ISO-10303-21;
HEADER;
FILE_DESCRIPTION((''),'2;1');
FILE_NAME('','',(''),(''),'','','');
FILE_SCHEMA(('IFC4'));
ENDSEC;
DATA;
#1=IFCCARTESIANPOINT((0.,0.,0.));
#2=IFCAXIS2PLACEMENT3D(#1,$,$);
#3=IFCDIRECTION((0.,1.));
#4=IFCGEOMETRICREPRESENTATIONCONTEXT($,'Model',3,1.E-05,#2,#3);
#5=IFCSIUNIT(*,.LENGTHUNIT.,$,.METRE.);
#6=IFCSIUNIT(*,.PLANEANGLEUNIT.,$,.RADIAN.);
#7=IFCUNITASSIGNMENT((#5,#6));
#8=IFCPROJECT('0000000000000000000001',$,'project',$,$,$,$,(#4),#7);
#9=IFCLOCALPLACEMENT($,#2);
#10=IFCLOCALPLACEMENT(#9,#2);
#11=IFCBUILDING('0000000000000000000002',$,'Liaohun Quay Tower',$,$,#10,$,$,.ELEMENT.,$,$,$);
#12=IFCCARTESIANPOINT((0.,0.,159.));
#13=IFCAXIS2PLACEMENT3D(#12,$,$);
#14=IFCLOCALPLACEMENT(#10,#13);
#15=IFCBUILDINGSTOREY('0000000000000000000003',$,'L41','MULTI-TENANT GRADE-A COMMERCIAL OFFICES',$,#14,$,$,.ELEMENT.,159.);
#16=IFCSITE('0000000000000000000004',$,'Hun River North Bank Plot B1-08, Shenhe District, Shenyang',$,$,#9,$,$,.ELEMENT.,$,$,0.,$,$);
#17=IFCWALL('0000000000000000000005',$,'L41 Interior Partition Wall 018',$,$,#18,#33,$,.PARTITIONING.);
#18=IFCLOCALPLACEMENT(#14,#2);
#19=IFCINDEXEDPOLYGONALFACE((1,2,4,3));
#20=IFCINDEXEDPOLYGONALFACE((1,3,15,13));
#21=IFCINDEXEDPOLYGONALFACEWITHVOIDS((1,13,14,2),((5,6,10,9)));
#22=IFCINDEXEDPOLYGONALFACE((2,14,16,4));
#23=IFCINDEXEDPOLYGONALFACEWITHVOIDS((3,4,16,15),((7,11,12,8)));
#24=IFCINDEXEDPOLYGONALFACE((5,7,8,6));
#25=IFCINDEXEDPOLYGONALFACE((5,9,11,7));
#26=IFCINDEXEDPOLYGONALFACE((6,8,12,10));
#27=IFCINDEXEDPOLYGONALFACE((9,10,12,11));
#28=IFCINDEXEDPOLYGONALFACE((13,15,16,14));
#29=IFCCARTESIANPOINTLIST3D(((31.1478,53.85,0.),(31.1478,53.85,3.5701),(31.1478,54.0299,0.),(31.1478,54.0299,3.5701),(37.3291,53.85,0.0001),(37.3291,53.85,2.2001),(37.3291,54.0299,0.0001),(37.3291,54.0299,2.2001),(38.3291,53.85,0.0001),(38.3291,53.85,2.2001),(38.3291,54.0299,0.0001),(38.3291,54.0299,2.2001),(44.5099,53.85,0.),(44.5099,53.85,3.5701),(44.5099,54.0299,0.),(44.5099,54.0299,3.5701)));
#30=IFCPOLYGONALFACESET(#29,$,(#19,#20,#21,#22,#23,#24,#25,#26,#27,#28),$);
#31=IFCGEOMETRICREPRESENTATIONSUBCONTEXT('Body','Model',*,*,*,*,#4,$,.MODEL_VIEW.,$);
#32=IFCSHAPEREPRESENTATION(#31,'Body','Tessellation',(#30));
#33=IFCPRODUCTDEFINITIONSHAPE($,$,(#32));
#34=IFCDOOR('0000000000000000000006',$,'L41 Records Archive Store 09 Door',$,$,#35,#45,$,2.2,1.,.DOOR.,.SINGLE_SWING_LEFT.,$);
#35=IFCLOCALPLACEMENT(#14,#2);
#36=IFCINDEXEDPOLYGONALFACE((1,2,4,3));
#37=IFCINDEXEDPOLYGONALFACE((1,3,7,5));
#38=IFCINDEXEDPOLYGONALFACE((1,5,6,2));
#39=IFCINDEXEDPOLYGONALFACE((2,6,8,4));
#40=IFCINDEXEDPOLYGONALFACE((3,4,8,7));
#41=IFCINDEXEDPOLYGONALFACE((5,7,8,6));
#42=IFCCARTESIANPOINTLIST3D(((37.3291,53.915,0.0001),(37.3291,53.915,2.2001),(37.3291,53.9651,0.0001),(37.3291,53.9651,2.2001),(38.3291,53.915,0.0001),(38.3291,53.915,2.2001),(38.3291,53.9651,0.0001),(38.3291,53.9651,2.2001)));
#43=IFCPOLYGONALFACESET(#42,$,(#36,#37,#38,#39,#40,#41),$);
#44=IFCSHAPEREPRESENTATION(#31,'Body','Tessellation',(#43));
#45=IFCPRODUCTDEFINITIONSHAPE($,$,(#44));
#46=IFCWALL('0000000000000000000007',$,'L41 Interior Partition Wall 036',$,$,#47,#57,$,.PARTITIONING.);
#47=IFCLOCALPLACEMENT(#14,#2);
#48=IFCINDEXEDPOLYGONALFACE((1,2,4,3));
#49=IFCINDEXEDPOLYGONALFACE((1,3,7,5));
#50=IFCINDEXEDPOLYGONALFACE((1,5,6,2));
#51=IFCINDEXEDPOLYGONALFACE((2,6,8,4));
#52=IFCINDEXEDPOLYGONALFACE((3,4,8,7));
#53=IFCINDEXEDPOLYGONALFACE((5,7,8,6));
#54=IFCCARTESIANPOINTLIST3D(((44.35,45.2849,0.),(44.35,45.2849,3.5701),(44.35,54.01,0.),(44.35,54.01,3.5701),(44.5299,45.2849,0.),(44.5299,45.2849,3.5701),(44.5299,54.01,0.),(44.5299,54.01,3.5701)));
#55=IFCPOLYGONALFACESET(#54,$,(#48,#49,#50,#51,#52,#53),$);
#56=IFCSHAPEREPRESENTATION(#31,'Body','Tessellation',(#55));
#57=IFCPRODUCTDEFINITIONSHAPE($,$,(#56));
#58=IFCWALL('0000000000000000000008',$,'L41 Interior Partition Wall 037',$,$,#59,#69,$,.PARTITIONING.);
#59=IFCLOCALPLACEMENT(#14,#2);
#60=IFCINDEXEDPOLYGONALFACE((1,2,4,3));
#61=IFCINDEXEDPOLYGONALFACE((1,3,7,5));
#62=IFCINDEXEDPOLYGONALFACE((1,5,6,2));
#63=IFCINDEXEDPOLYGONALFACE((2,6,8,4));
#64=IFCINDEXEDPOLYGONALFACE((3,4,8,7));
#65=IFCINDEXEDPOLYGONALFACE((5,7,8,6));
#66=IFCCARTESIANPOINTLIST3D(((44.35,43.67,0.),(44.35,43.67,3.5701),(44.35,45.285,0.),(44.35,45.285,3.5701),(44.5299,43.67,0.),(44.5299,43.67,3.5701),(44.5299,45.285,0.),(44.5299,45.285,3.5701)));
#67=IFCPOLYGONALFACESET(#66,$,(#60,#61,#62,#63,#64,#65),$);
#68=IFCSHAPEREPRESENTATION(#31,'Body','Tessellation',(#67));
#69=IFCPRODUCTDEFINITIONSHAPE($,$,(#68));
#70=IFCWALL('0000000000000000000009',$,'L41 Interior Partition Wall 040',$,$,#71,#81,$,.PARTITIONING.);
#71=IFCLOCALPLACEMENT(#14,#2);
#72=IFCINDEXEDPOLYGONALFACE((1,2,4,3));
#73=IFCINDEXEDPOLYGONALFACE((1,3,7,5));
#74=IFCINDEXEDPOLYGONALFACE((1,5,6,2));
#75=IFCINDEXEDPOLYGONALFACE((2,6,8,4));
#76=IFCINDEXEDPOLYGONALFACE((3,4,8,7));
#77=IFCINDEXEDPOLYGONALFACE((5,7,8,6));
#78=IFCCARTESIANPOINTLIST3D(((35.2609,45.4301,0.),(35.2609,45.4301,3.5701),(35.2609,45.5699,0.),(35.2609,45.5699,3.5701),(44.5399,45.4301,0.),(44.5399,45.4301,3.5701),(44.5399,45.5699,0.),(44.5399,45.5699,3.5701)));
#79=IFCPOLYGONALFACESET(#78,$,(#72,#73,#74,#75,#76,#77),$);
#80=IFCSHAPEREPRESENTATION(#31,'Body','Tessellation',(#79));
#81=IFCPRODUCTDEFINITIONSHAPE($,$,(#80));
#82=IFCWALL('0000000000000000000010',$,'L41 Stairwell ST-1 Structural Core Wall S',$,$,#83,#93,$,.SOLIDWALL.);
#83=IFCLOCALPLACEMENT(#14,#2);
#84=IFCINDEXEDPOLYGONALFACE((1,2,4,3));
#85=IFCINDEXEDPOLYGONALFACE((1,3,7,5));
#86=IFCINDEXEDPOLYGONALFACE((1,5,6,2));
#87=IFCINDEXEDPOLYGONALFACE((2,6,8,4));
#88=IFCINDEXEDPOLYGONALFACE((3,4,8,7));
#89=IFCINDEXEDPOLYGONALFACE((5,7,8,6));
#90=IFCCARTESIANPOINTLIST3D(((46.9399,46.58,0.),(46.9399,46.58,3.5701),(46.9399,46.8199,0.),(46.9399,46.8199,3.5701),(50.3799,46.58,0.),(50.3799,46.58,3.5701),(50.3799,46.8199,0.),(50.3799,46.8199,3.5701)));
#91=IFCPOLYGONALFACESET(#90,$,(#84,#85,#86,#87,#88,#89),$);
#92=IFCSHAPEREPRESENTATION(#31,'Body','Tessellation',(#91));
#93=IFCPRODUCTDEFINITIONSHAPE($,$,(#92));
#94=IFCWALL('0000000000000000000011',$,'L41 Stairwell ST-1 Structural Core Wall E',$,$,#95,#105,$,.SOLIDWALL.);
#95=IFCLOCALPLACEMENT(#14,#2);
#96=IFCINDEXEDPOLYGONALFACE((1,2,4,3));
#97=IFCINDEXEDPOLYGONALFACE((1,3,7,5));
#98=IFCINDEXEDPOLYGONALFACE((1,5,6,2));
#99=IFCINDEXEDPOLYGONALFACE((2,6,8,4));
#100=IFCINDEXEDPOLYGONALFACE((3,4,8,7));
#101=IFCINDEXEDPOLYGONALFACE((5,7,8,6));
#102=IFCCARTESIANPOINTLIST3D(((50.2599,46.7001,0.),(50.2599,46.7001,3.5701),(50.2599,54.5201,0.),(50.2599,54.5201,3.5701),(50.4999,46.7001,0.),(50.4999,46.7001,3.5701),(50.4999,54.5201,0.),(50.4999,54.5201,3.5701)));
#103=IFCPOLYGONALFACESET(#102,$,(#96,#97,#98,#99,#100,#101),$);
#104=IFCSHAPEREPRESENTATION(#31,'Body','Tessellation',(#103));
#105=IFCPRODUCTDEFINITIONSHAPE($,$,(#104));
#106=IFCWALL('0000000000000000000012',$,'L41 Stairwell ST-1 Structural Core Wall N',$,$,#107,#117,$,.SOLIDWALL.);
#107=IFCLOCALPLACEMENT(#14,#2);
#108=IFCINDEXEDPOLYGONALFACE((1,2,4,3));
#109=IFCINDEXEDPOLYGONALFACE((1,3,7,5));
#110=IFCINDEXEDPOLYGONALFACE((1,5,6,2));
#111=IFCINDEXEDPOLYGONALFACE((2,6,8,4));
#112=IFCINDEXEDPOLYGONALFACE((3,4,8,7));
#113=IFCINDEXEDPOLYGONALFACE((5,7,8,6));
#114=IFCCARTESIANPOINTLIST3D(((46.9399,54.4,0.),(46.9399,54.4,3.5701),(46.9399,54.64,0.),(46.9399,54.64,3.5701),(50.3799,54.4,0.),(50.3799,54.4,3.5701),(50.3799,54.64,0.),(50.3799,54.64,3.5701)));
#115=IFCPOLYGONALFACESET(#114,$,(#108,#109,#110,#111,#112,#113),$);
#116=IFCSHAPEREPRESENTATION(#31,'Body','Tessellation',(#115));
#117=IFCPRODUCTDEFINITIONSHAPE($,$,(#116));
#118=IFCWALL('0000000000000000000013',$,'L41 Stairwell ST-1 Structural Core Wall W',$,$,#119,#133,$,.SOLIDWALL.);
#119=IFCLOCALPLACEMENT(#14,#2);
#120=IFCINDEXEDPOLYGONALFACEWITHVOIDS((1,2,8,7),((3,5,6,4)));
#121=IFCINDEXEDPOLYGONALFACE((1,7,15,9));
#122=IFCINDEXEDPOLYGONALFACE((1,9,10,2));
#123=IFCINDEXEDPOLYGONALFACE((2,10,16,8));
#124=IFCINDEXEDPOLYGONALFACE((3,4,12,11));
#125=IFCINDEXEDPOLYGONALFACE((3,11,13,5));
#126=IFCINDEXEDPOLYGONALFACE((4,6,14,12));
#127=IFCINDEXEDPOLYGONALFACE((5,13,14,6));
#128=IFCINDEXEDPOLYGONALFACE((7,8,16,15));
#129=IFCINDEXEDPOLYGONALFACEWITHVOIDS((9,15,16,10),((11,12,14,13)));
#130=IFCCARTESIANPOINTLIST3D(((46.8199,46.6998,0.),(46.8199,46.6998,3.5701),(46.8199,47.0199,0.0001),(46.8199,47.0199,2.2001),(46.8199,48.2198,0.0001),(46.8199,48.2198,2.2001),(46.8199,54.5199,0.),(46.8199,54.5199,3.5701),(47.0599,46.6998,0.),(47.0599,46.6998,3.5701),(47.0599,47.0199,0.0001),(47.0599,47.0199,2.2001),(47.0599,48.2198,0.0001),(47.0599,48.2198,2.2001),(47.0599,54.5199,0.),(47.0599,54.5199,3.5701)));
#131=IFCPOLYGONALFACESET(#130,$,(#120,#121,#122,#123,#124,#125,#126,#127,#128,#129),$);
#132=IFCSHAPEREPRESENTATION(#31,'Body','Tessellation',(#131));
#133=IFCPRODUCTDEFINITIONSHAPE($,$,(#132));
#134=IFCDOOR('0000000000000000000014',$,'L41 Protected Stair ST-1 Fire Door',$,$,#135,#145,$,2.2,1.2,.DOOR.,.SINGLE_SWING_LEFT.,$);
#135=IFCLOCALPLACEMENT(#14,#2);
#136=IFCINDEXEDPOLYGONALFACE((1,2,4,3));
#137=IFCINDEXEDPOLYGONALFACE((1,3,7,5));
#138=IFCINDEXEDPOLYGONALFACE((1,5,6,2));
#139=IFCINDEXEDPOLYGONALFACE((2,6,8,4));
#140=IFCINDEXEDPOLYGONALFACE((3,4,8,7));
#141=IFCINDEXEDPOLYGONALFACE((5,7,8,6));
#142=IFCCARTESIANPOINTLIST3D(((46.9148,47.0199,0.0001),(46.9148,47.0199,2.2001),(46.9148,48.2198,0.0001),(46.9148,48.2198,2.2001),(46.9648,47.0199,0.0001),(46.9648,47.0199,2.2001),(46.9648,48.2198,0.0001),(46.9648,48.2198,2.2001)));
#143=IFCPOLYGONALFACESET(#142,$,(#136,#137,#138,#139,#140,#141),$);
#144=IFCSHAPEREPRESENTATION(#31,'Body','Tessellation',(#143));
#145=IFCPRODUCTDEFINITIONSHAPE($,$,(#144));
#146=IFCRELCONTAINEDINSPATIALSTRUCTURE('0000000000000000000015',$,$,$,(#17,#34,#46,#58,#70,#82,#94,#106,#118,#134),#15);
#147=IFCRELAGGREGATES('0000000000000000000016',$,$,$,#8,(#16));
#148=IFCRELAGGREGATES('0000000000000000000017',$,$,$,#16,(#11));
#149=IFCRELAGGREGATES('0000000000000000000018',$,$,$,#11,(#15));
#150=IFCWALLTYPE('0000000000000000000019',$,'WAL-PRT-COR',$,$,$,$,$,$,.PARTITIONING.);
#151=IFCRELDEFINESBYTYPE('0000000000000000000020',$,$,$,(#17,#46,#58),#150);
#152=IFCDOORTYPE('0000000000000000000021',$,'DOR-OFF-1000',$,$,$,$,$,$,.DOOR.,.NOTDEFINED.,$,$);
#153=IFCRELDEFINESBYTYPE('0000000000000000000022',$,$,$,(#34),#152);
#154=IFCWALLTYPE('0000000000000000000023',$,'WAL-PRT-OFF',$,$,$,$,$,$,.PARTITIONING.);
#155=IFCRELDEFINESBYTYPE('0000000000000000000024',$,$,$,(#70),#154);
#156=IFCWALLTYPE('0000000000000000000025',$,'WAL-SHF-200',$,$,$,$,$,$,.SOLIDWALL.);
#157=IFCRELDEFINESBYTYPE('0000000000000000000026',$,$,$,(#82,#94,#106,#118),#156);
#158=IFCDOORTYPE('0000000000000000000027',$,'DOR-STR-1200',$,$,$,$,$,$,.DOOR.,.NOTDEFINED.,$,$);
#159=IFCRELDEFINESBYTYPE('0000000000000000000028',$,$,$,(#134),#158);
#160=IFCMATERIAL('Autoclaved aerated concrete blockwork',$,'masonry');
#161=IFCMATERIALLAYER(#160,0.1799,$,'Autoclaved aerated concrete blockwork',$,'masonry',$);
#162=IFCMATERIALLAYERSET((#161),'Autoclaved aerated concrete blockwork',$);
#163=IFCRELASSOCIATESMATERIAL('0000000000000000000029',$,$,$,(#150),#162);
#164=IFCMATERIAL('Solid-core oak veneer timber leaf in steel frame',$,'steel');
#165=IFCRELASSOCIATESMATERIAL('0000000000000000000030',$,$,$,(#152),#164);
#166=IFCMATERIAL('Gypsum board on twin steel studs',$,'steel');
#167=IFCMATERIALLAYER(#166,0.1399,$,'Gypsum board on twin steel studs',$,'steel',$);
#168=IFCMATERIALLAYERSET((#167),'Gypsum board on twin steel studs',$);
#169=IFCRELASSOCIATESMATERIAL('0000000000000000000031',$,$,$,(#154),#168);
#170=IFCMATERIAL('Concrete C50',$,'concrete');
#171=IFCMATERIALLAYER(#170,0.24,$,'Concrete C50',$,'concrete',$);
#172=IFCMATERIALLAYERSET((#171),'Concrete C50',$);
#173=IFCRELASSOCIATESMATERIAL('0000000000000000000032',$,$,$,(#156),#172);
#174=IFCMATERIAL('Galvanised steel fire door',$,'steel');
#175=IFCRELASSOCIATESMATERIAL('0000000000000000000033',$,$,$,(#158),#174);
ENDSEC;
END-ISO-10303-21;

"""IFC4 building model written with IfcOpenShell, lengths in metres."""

from ifc_helpers import new_model, si_unit, direction, frame, frame_2d, origin, place, context, subcontext, project, spatial, rectangle, extrude, source, transform, mapped, material, layer, layer_set, type_object, element, fill, save


model = new_model("IFC4")

# Units and contexts
model_context = context("Model", 3, precision=1e-05, world=origin(), true_north=direction((0.0, 1.0)))
body_context = subcontext(model_context, "Body", "Model", "MODEL_VIEW")
ifc_project = project(units=[si_unit("LENGTHUNIT", "METRE"), si_unit("PLANEANGLEUNIT", "RADIAN")], contexts=[model_context])

# Site, building, storey
site_placement = place(None, origin())
site = spatial("IfcSite", under=ifc_project, at=site_placement, Name="Hun River North Bank Plot B1-08, Shenhe District, Shenyang", CompositionType="ELEMENT", RefElevation=0.0)
building_placement = place(site_placement, origin())
building = spatial("IfcBuilding", under=site, at=building_placement, Name="Liaohun Quay Tower", CompositionType="ELEMENT")
storey_placement = place(building_placement, frame((0.0, 0.0, 159.0)))
storey = spatial("IfcBuildingStorey", under=building, at=storey_placement, Name="L41", Description="MULTI-TENANT GRADE-A COMMERCIAL OFFICES", CompositionType="ELEMENT", Elevation=159.0)

# Wall, opening, door
ifc_material_1 = material(Name="Autoclaved aerated concrete blockwork", Category="masonry")
ifc_layer_1 = layer(ifc_material_1, 0.1799, Name="Autoclaved aerated concrete blockwork", Category="masonry")
ifc_layer_set_1 = layer_set([ifc_layer_1], Name="Autoclaved aerated concrete blockwork")
wall_type_1 = type_object("IfcWallType", Name="WAL-PRT-COR", PredefinedType="PARTITIONING", material=ifc_layer_set_1)
wall_1_placement = place(storey_placement, frame((44.51, 53.9399, 0.0), z_axis=(0.0, 0.0, 1.0), x_axis=(-1.0, 0.0, 0.0)))
wall_1 = element("IfcWall", 1, at=wall_1_placement, inside=storey, type_object=wall_type_1, Name="L41 Interior Partition Wall 018", PredefinedType="PARTITIONING", context=body_context, shape_type="SweptSolid", body=[
    extrude(rectangle(XDim=13.3621, YDim=0.1799, at=frame_2d((6.6812, 0.0))), origin(), (0.0, 0.0, 1.0), 3.5701),
])
shared_shape_1 = source(origin(), body_context, "Body", "SweptSolid", [
    extrude(rectangle(XDim=1.0, YDim=2.2, at=frame_2d((0.5, 1.1001))), frame((0.0, 0.0999, 0.0), z_axis=(0.0, -1.0, 0.0), x_axis=(1.0, 0.0, 0.0)), (0.0, 0.0, 1.0), 0.2),
])
opening_1_placement = place(wall_1_placement, frame((6.1809, 0.0, 0.0)))
opening_1 = element("IfcOpeningElement", 2, at=opening_1_placement, cuts=wall_1, PredefinedType="OPENING", context=body_context, shape_type="MappedRepresentation", body=[
    mapped(shared_shape_1, transform((0.0, 0.0, 0.0), x_axis=(1.0, 0.0, 0.0), y_axis=(0.0, 1.0, 0.0), z_axis=(0.0, 0.0, 1.0), scale=1.0)),
])
ifc_material_2 = material(Name="Solid-core oak veneer timber leaf in steel frame", Category="steel")
door_type_1 = type_object("IfcDoorType", Name="DOR-OFF-1000", OperationType="NOTDEFINED", PredefinedType="DOOR", material=ifc_material_2)
shared_shape_2 = source(origin(), body_context, "Body", "SweptSolid", [
    extrude(rectangle(XDim=1.0, YDim=2.2, at=frame_2d((0.5, 1.1001))), frame((0.0, 0.0249, 0.0), z_axis=(0.0, -1.0, 0.0), x_axis=(1.0, 0.0, 0.0)), (0.0, 0.0, 1.0), 0.05),
])
door_1_placement = place(opening_1_placement, origin())
door_1 = element("IfcDoor", 3, at=door_1_placement, inside=storey, type_object=door_type_1, Name="L41 Records Archive Store 09 Door", OperationType="SINGLE_SWING_LEFT", OverallHeight=2.2, OverallWidth=1.0, PredefinedType="DOOR", context=body_context, shape_type="MappedRepresentation", body=[
    mapped(shared_shape_2, transform((0.0, 0.0, 0.0), x_axis=(1.0, 0.0, 0.0), y_axis=(0.0, 1.0, 0.0), z_axis=(0.0, 0.0, 1.0), scale=1.0)),
])
fill(opening_1, door_1)

# Walls
wall_2_placement = place(storey_placement, frame((44.4399, 45.2849, 0.0), z_axis=(0.0, 0.0, 1.0), x_axis=(0.0, 1.0, 0.0)))
element("IfcWall", 4, at=wall_2_placement, inside=storey, type_object=wall_type_1, Name="L41 Interior Partition Wall 036", PredefinedType="PARTITIONING", context=body_context, shape_type="SweptSolid", body=[
    extrude(rectangle(XDim=8.7251, YDim=0.1799, at=frame_2d((4.3625, 0.0))), origin(), (0.0, 0.0, 1.0), 3.5701),
])
wall_3_placement = place(storey_placement, frame((44.4399, 43.6699, 0.0), z_axis=(0.0, 0.0, 1.0), x_axis=(0.0, 1.0, 0.0)))
element("IfcWall", 5, at=wall_3_placement, inside=storey, type_object=wall_type_1, Name="L41 Interior Partition Wall 037", PredefinedType="PARTITIONING", context=body_context, shape_type="SweptSolid", body=[
    extrude(rectangle(XDim=1.615, YDim=0.1799, at=frame_2d((0.8076, 0.0))), origin(), (0.0, 0.0, 1.0), 3.5701),
])
ifc_material_3 = material(Name="Gypsum board on twin steel studs", Category="steel")
ifc_layer_2 = layer(ifc_material_3, 0.1399, Name="Gypsum board on twin steel studs", Category="steel")
ifc_layer_set_2 = layer_set([ifc_layer_2], Name="Gypsum board on twin steel studs")
wall_type_2 = type_object("IfcWallType", Name="WAL-PRT-OFF", PredefinedType="PARTITIONING", material=ifc_layer_set_2)
wall_4_placement = place(storey_placement, frame((44.54, 45.5, 0.0), z_axis=(0.0, 0.0, 1.0), x_axis=(-1.0, 0.0, 0.0)))
element("IfcWall", 6, at=wall_4_placement, inside=storey, type_object=wall_type_2, Name="L41 Interior Partition Wall 040", PredefinedType="PARTITIONING", context=body_context, shape_type="SweptSolid", body=[
    extrude(rectangle(XDim=9.2791, YDim=0.1399, at=frame_2d((4.6396, 0.0))), origin(), (0.0, 0.0, 1.0), 3.5701),
])
ifc_material_4 = material(Name="Concrete C50", Category="concrete")
ifc_layer_3 = layer(ifc_material_4, 0.24, Name="Concrete C50", Category="concrete")
ifc_layer_set_3 = layer_set([ifc_layer_3], Name="Concrete C50")
wall_type_3 = type_object("IfcWallType", Name="WAL-SHF-200", PredefinedType="SOLIDWALL", material=ifc_layer_set_3)
wall_5_placement = place(storey_placement, frame((46.9399, 46.7, 0.0), z_axis=(0.0, 0.0, 1.0), x_axis=(1.0, 0.0, 0.0)))
element("IfcWall", 7, at=wall_5_placement, inside=storey, type_object=wall_type_3, Name="L41 Stairwell ST-1 Structural Core Wall S", PredefinedType="SOLIDWALL", context=body_context, shape_type="SweptSolid", body=[
    extrude(rectangle(XDim=3.4399, YDim=0.24, at=frame_2d((1.72, 0.0))), origin(), (0.0, 0.0, 1.0), 3.5701),
])
wall_6_placement = place(storey_placement, frame((50.3799, 46.7, 0.0), z_axis=(0.0, 0.0, 1.0), x_axis=(0.0, 1.0, 0.0)))
element("IfcWall", 8, at=wall_6_placement, inside=storey, type_object=wall_type_3, Name="L41 Stairwell ST-1 Structural Core Wall E", PredefinedType="SOLIDWALL", context=body_context, shape_type="SweptSolid", body=[
    extrude(rectangle(XDim=7.8201, YDim=0.24, at=frame_2d((3.9102, 0.0))), origin(), (0.0, 0.0, 1.0), 3.5701),
])
wall_7_placement = place(storey_placement, frame((50.3799, 54.52, 0.0), z_axis=(0.0, 0.0, 1.0), x_axis=(-1.0, 0.0, 0.0)))
element("IfcWall", 9, at=wall_7_placement, inside=storey, type_object=wall_type_3, Name="L41 Stairwell ST-1 Structural Core Wall N", PredefinedType="SOLIDWALL", context=body_context, shape_type="SweptSolid", body=[
    extrude(rectangle(XDim=3.4399, YDim=0.24, at=frame_2d((1.72, 0.0))), origin(), (0.0, 0.0, 1.0), 3.5701),
])

# Wall, opening, door
wall_8_placement = place(storey_placement, frame((46.9399, 54.52, 0.0), z_axis=(0.0, 0.0, 1.0), x_axis=(0.0, -1.0, 0.0)))
wall_8 = element("IfcWall", 10, at=wall_8_placement, inside=storey, type_object=wall_type_3, Name="L41 Stairwell ST-1 Structural Core Wall W", PredefinedType="SOLIDWALL", context=body_context, shape_type="SweptSolid", body=[
    extrude(rectangle(XDim=7.8201, YDim=0.24, at=frame_2d((3.9102, 0.0))), origin(), (0.0, 0.0, 1.0), 3.5701),
])
shared_shape_3 = source(origin(), body_context, "Body", "SweptSolid", [
    extrude(rectangle(XDim=1.2, YDim=2.2, at=frame_2d((0.6001, 1.1001))), frame((0.0, 0.1299, 0.0), z_axis=(0.0, -1.0, 0.0), x_axis=(1.0, 0.0, 0.0)), (0.0, 0.0, 1.0), 0.26),
])
opening_2_placement = place(wall_8_placement, frame((6.3, 0.0, 0.0)))
opening_2 = element("IfcOpeningElement", 11, at=opening_2_placement, cuts=wall_8, PredefinedType="OPENING", context=body_context, shape_type="MappedRepresentation", body=[
    mapped(shared_shape_3, transform((0.0, 0.0, 0.0), x_axis=(1.0, 0.0, 0.0), y_axis=(0.0, 1.0, 0.0), z_axis=(0.0, 0.0, 1.0), scale=1.0)),
])
ifc_material_5 = material(Name="Galvanised steel fire door", Category="steel")
door_type_2 = type_object("IfcDoorType", Name="DOR-STR-1200", OperationType="NOTDEFINED", PredefinedType="DOOR", material=ifc_material_5)
shared_shape_4 = source(origin(), body_context, "Body", "SweptSolid", [
    extrude(rectangle(XDim=1.2, YDim=2.2, at=frame_2d((0.6001, 1.1001))), frame((0.0, 0.0249, 0.0), z_axis=(0.0, -1.0, 0.0), x_axis=(1.0, 0.0, 0.0)), (0.0, 0.0, 1.0), 0.05),
])
door_2_placement = place(opening_2_placement, origin())
door_2 = element("IfcDoor", 12, at=door_2_placement, inside=storey, type_object=door_type_2, Name="L41 Protected Stair ST-1 Fire Door", OperationType="SINGLE_SWING_LEFT", OverallHeight=2.2, OverallWidth=1.2, PredefinedType="DOOR", context=body_context, shape_type="MappedRepresentation", body=[
    mapped(shared_shape_4, transform((0.0, 0.0, 0.0), x_axis=(1.0, 0.0, 0.0), y_axis=(0.0, 1.0, 0.0), z_axis=(0.0, 0.0, 1.0), scale=1.0)),
])
fill(opening_2, door_2)

save(model, "model.ifc")
